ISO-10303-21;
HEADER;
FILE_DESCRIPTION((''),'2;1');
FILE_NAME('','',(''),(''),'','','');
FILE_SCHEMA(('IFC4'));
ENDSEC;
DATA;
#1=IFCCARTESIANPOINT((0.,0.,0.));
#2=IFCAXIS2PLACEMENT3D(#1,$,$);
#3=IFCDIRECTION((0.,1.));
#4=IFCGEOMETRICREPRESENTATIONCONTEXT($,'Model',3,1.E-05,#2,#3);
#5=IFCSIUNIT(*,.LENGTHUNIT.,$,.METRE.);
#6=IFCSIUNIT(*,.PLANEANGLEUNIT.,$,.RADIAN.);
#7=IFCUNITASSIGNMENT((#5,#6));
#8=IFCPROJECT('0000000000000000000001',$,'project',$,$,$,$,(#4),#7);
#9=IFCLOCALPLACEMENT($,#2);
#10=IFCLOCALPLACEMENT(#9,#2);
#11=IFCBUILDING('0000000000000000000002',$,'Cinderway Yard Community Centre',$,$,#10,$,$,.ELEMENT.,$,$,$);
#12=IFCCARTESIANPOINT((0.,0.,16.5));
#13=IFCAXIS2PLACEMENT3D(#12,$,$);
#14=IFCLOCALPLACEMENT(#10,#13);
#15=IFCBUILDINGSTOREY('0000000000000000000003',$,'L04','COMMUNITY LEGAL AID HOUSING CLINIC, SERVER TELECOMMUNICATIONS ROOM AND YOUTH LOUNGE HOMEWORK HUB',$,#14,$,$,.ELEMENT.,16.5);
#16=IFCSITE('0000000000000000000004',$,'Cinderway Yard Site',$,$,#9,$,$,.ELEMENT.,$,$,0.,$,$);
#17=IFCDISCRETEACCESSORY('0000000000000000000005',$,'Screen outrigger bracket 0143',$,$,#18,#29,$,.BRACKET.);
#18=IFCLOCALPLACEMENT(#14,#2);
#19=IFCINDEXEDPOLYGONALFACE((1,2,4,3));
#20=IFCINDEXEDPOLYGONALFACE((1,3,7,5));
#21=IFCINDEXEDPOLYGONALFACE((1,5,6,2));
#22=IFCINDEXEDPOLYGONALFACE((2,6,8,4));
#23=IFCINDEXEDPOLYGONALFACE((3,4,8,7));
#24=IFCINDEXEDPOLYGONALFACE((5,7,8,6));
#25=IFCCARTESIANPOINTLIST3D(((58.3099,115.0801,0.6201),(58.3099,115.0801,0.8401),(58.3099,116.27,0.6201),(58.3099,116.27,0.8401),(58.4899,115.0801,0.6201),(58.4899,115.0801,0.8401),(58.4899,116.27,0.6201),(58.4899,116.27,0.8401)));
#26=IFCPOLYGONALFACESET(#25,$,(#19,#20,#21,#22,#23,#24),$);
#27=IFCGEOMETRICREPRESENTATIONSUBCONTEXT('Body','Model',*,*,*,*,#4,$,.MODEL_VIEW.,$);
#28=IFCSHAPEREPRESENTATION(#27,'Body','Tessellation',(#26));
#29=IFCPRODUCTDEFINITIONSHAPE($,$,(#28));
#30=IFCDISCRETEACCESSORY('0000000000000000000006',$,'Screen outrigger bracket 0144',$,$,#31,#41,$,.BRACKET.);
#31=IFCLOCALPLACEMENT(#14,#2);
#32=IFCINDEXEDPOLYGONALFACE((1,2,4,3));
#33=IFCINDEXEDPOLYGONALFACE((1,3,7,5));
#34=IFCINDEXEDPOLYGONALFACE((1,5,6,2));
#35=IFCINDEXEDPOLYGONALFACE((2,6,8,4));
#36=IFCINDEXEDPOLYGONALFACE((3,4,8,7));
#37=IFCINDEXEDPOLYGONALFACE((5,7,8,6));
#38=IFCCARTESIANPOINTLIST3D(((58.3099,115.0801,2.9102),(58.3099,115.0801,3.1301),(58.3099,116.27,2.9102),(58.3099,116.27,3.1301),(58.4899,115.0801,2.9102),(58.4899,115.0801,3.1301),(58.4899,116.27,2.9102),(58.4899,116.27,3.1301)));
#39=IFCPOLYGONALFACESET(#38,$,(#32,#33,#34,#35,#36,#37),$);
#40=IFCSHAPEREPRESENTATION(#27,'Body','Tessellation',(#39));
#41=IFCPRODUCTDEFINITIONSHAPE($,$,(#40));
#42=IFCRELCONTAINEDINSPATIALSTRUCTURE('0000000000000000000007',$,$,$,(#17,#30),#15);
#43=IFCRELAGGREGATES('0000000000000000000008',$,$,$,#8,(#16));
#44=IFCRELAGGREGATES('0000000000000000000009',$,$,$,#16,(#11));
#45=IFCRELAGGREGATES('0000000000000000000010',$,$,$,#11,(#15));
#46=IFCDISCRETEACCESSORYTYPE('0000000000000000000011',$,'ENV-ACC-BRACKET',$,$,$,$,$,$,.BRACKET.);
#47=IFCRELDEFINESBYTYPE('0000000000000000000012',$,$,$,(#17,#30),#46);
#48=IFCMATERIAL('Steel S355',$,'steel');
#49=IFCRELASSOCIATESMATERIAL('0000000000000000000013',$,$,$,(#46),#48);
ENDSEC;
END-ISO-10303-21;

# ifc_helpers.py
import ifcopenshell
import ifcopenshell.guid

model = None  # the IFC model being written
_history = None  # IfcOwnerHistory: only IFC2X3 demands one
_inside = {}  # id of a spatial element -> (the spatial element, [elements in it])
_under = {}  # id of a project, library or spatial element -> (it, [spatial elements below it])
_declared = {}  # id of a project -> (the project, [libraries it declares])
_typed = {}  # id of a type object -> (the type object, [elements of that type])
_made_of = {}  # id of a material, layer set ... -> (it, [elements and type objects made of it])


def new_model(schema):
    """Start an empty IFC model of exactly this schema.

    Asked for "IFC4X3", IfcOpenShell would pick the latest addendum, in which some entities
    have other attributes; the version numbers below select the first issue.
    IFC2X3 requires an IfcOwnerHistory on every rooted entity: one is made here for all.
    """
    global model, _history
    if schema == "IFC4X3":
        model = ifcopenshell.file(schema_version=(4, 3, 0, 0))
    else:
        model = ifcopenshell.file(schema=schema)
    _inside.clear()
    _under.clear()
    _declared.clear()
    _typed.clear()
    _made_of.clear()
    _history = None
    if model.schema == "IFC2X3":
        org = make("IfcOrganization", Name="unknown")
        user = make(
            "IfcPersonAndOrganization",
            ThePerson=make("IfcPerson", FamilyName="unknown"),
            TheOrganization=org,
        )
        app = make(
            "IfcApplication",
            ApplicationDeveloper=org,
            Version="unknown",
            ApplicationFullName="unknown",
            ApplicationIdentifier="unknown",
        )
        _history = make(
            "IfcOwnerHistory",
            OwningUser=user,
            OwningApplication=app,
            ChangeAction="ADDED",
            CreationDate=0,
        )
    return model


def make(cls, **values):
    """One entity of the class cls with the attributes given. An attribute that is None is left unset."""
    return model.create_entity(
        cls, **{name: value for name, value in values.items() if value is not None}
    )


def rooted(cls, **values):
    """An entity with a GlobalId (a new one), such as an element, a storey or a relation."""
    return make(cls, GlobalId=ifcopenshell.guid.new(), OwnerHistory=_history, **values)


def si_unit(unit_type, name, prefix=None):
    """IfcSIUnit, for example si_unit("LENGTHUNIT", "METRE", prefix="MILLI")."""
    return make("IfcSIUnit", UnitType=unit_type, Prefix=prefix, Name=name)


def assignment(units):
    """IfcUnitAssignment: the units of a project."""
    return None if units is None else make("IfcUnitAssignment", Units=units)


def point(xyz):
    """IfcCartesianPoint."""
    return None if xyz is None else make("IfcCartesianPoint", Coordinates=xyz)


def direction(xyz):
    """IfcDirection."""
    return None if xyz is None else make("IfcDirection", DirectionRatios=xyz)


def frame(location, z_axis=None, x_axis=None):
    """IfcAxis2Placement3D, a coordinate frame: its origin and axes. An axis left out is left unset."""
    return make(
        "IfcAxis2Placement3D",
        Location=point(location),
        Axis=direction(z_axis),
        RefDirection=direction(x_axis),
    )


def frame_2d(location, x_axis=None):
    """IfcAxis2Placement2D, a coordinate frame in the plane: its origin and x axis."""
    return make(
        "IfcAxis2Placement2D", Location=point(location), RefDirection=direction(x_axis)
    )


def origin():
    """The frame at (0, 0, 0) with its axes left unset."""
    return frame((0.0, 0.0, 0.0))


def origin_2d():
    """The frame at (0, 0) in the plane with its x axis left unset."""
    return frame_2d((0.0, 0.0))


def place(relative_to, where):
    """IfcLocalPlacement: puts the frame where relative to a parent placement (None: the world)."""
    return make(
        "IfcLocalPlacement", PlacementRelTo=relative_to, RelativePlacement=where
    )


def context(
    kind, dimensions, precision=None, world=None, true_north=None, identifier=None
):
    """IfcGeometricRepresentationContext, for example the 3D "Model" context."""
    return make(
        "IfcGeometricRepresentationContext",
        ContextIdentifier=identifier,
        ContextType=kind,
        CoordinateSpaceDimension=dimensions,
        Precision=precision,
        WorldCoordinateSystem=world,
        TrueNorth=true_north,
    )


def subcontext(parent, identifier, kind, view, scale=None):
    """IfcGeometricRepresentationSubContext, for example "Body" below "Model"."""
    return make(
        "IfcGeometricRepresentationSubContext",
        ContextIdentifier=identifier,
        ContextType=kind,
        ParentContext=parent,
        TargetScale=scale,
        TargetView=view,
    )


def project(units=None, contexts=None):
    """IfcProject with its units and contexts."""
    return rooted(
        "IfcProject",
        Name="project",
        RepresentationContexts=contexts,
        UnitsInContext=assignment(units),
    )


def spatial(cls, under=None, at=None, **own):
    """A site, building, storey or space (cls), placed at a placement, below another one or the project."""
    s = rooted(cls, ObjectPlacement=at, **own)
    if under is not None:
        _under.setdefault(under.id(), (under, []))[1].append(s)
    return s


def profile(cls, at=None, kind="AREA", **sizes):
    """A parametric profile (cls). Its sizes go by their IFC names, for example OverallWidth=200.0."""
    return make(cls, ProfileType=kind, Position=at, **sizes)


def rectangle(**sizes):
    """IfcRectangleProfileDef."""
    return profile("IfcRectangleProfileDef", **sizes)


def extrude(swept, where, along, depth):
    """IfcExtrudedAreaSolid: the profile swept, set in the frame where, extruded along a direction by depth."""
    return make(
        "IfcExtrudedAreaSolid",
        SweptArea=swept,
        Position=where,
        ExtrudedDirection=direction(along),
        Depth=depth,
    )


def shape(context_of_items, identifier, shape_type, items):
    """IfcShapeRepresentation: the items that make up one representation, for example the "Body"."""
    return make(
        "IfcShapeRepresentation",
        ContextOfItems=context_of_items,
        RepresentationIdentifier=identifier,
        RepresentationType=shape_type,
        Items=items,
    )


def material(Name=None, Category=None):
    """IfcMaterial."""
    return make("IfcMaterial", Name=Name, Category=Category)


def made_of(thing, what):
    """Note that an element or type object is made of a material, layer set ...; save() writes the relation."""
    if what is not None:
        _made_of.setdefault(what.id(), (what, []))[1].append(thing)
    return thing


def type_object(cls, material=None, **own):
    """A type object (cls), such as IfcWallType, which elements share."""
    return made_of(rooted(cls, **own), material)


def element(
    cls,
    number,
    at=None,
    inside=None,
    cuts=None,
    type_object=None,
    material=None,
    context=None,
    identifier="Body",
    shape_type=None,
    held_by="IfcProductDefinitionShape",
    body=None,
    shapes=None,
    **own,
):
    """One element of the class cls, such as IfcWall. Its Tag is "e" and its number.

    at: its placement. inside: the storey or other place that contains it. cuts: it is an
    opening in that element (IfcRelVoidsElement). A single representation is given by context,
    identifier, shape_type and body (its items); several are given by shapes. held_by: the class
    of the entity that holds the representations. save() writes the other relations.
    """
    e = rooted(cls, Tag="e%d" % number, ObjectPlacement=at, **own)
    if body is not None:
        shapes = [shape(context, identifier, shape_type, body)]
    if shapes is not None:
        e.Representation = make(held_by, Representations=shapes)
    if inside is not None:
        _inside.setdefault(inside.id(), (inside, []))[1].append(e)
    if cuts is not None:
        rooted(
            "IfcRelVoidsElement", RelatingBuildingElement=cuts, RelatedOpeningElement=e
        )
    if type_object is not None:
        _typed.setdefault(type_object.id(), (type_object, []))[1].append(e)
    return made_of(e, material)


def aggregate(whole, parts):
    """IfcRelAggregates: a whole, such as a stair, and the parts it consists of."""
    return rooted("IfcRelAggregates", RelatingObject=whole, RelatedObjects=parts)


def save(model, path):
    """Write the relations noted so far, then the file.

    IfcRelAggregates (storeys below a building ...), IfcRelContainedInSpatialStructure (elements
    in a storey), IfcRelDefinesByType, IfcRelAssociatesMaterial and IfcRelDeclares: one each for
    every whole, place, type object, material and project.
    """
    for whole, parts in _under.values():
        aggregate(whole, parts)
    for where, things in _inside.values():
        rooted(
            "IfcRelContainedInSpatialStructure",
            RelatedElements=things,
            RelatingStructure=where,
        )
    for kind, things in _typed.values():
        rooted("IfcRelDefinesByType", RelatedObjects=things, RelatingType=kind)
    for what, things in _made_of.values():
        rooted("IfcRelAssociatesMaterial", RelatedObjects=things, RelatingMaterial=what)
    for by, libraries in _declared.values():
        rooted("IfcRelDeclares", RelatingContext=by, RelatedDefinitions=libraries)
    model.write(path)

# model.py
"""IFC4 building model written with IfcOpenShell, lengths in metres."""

from ifc_helpers import new_model, si_unit, direction, frame, origin, origin_2d, place, context, subcontext, project, spatial, rectangle, extrude, material, type_object, element, save


model = new_model("IFC4")

# Units and contexts
model_context = context("Model", 3, precision=1e-05, world=origin(), true_north=direction((0.0, 1.0)))
body_context = subcontext(model_context, "Body", "Model", "MODEL_VIEW")
ifc_project = project(units=[si_unit("LENGTHUNIT", "METRE"), si_unit("PLANEANGLEUNIT", "RADIAN")], contexts=[model_context])

# Site, building, storey
site_placement = place(None, origin())
site = spatial("IfcSite", under=ifc_project, at=site_placement, Name="Cinderway Yard Site", CompositionType="ELEMENT", RefElevation=0.0)
building_placement = place(site_placement, origin())
building = spatial("IfcBuilding", under=site, at=building_placement, Name="Cinderway Yard Community Centre", CompositionType="ELEMENT")
storey_placement = place(building_placement, frame((0.0, 0.0, 16.5)))
storey = spatial("IfcBuildingStorey", under=building, at=storey_placement, Name="L04", Description="COMMUNITY LEGAL AID HOUSING CLINIC, SERVER TELECOMMUNICATIONS ROOM AND YOUTH LOUNGE HOMEWORK HUB", CompositionType="ELEMENT", Elevation=16.5)

# Shared definitions
ifc_material_1 = material(Name="Steel S355", Category="steel")

# Discrete accessories
discrete_accessory_type = type_object("IfcDiscreteAccessoryType", Name="ENV-ACC-BRACKET", PredefinedType="BRACKET", material=ifc_material_1)
for number, where, z_axis, x_axis, name in (
    (1, (58.3999, 115.675, 0.6201), (0.0, 0.0, 1.0), (0.0, 1.0, 0.0), "Screen outrigger bracket 0143"),
    (2, (58.3999, 115.675, 2.9102), (0.0, 0.0, 1.0), (0.0, 1.0, 0.0), "Screen outrigger bracket 0144"),
):
    element("IfcDiscreteAccessory", number, at=place(storey_placement, frame(where, z_axis=z_axis, x_axis=x_axis)), inside=storey, type_object=discrete_accessory_type, Name=name, PredefinedType="BRACKET", context=body_context, shape_type="SweptSolid", body=[
        extrude(rectangle(XDim=1.1899, YDim=0.1799, at=origin_2d()), origin(), (0.0, 0.0, 1.0), 0.22),
    ])

save(model, "model.ifc")
